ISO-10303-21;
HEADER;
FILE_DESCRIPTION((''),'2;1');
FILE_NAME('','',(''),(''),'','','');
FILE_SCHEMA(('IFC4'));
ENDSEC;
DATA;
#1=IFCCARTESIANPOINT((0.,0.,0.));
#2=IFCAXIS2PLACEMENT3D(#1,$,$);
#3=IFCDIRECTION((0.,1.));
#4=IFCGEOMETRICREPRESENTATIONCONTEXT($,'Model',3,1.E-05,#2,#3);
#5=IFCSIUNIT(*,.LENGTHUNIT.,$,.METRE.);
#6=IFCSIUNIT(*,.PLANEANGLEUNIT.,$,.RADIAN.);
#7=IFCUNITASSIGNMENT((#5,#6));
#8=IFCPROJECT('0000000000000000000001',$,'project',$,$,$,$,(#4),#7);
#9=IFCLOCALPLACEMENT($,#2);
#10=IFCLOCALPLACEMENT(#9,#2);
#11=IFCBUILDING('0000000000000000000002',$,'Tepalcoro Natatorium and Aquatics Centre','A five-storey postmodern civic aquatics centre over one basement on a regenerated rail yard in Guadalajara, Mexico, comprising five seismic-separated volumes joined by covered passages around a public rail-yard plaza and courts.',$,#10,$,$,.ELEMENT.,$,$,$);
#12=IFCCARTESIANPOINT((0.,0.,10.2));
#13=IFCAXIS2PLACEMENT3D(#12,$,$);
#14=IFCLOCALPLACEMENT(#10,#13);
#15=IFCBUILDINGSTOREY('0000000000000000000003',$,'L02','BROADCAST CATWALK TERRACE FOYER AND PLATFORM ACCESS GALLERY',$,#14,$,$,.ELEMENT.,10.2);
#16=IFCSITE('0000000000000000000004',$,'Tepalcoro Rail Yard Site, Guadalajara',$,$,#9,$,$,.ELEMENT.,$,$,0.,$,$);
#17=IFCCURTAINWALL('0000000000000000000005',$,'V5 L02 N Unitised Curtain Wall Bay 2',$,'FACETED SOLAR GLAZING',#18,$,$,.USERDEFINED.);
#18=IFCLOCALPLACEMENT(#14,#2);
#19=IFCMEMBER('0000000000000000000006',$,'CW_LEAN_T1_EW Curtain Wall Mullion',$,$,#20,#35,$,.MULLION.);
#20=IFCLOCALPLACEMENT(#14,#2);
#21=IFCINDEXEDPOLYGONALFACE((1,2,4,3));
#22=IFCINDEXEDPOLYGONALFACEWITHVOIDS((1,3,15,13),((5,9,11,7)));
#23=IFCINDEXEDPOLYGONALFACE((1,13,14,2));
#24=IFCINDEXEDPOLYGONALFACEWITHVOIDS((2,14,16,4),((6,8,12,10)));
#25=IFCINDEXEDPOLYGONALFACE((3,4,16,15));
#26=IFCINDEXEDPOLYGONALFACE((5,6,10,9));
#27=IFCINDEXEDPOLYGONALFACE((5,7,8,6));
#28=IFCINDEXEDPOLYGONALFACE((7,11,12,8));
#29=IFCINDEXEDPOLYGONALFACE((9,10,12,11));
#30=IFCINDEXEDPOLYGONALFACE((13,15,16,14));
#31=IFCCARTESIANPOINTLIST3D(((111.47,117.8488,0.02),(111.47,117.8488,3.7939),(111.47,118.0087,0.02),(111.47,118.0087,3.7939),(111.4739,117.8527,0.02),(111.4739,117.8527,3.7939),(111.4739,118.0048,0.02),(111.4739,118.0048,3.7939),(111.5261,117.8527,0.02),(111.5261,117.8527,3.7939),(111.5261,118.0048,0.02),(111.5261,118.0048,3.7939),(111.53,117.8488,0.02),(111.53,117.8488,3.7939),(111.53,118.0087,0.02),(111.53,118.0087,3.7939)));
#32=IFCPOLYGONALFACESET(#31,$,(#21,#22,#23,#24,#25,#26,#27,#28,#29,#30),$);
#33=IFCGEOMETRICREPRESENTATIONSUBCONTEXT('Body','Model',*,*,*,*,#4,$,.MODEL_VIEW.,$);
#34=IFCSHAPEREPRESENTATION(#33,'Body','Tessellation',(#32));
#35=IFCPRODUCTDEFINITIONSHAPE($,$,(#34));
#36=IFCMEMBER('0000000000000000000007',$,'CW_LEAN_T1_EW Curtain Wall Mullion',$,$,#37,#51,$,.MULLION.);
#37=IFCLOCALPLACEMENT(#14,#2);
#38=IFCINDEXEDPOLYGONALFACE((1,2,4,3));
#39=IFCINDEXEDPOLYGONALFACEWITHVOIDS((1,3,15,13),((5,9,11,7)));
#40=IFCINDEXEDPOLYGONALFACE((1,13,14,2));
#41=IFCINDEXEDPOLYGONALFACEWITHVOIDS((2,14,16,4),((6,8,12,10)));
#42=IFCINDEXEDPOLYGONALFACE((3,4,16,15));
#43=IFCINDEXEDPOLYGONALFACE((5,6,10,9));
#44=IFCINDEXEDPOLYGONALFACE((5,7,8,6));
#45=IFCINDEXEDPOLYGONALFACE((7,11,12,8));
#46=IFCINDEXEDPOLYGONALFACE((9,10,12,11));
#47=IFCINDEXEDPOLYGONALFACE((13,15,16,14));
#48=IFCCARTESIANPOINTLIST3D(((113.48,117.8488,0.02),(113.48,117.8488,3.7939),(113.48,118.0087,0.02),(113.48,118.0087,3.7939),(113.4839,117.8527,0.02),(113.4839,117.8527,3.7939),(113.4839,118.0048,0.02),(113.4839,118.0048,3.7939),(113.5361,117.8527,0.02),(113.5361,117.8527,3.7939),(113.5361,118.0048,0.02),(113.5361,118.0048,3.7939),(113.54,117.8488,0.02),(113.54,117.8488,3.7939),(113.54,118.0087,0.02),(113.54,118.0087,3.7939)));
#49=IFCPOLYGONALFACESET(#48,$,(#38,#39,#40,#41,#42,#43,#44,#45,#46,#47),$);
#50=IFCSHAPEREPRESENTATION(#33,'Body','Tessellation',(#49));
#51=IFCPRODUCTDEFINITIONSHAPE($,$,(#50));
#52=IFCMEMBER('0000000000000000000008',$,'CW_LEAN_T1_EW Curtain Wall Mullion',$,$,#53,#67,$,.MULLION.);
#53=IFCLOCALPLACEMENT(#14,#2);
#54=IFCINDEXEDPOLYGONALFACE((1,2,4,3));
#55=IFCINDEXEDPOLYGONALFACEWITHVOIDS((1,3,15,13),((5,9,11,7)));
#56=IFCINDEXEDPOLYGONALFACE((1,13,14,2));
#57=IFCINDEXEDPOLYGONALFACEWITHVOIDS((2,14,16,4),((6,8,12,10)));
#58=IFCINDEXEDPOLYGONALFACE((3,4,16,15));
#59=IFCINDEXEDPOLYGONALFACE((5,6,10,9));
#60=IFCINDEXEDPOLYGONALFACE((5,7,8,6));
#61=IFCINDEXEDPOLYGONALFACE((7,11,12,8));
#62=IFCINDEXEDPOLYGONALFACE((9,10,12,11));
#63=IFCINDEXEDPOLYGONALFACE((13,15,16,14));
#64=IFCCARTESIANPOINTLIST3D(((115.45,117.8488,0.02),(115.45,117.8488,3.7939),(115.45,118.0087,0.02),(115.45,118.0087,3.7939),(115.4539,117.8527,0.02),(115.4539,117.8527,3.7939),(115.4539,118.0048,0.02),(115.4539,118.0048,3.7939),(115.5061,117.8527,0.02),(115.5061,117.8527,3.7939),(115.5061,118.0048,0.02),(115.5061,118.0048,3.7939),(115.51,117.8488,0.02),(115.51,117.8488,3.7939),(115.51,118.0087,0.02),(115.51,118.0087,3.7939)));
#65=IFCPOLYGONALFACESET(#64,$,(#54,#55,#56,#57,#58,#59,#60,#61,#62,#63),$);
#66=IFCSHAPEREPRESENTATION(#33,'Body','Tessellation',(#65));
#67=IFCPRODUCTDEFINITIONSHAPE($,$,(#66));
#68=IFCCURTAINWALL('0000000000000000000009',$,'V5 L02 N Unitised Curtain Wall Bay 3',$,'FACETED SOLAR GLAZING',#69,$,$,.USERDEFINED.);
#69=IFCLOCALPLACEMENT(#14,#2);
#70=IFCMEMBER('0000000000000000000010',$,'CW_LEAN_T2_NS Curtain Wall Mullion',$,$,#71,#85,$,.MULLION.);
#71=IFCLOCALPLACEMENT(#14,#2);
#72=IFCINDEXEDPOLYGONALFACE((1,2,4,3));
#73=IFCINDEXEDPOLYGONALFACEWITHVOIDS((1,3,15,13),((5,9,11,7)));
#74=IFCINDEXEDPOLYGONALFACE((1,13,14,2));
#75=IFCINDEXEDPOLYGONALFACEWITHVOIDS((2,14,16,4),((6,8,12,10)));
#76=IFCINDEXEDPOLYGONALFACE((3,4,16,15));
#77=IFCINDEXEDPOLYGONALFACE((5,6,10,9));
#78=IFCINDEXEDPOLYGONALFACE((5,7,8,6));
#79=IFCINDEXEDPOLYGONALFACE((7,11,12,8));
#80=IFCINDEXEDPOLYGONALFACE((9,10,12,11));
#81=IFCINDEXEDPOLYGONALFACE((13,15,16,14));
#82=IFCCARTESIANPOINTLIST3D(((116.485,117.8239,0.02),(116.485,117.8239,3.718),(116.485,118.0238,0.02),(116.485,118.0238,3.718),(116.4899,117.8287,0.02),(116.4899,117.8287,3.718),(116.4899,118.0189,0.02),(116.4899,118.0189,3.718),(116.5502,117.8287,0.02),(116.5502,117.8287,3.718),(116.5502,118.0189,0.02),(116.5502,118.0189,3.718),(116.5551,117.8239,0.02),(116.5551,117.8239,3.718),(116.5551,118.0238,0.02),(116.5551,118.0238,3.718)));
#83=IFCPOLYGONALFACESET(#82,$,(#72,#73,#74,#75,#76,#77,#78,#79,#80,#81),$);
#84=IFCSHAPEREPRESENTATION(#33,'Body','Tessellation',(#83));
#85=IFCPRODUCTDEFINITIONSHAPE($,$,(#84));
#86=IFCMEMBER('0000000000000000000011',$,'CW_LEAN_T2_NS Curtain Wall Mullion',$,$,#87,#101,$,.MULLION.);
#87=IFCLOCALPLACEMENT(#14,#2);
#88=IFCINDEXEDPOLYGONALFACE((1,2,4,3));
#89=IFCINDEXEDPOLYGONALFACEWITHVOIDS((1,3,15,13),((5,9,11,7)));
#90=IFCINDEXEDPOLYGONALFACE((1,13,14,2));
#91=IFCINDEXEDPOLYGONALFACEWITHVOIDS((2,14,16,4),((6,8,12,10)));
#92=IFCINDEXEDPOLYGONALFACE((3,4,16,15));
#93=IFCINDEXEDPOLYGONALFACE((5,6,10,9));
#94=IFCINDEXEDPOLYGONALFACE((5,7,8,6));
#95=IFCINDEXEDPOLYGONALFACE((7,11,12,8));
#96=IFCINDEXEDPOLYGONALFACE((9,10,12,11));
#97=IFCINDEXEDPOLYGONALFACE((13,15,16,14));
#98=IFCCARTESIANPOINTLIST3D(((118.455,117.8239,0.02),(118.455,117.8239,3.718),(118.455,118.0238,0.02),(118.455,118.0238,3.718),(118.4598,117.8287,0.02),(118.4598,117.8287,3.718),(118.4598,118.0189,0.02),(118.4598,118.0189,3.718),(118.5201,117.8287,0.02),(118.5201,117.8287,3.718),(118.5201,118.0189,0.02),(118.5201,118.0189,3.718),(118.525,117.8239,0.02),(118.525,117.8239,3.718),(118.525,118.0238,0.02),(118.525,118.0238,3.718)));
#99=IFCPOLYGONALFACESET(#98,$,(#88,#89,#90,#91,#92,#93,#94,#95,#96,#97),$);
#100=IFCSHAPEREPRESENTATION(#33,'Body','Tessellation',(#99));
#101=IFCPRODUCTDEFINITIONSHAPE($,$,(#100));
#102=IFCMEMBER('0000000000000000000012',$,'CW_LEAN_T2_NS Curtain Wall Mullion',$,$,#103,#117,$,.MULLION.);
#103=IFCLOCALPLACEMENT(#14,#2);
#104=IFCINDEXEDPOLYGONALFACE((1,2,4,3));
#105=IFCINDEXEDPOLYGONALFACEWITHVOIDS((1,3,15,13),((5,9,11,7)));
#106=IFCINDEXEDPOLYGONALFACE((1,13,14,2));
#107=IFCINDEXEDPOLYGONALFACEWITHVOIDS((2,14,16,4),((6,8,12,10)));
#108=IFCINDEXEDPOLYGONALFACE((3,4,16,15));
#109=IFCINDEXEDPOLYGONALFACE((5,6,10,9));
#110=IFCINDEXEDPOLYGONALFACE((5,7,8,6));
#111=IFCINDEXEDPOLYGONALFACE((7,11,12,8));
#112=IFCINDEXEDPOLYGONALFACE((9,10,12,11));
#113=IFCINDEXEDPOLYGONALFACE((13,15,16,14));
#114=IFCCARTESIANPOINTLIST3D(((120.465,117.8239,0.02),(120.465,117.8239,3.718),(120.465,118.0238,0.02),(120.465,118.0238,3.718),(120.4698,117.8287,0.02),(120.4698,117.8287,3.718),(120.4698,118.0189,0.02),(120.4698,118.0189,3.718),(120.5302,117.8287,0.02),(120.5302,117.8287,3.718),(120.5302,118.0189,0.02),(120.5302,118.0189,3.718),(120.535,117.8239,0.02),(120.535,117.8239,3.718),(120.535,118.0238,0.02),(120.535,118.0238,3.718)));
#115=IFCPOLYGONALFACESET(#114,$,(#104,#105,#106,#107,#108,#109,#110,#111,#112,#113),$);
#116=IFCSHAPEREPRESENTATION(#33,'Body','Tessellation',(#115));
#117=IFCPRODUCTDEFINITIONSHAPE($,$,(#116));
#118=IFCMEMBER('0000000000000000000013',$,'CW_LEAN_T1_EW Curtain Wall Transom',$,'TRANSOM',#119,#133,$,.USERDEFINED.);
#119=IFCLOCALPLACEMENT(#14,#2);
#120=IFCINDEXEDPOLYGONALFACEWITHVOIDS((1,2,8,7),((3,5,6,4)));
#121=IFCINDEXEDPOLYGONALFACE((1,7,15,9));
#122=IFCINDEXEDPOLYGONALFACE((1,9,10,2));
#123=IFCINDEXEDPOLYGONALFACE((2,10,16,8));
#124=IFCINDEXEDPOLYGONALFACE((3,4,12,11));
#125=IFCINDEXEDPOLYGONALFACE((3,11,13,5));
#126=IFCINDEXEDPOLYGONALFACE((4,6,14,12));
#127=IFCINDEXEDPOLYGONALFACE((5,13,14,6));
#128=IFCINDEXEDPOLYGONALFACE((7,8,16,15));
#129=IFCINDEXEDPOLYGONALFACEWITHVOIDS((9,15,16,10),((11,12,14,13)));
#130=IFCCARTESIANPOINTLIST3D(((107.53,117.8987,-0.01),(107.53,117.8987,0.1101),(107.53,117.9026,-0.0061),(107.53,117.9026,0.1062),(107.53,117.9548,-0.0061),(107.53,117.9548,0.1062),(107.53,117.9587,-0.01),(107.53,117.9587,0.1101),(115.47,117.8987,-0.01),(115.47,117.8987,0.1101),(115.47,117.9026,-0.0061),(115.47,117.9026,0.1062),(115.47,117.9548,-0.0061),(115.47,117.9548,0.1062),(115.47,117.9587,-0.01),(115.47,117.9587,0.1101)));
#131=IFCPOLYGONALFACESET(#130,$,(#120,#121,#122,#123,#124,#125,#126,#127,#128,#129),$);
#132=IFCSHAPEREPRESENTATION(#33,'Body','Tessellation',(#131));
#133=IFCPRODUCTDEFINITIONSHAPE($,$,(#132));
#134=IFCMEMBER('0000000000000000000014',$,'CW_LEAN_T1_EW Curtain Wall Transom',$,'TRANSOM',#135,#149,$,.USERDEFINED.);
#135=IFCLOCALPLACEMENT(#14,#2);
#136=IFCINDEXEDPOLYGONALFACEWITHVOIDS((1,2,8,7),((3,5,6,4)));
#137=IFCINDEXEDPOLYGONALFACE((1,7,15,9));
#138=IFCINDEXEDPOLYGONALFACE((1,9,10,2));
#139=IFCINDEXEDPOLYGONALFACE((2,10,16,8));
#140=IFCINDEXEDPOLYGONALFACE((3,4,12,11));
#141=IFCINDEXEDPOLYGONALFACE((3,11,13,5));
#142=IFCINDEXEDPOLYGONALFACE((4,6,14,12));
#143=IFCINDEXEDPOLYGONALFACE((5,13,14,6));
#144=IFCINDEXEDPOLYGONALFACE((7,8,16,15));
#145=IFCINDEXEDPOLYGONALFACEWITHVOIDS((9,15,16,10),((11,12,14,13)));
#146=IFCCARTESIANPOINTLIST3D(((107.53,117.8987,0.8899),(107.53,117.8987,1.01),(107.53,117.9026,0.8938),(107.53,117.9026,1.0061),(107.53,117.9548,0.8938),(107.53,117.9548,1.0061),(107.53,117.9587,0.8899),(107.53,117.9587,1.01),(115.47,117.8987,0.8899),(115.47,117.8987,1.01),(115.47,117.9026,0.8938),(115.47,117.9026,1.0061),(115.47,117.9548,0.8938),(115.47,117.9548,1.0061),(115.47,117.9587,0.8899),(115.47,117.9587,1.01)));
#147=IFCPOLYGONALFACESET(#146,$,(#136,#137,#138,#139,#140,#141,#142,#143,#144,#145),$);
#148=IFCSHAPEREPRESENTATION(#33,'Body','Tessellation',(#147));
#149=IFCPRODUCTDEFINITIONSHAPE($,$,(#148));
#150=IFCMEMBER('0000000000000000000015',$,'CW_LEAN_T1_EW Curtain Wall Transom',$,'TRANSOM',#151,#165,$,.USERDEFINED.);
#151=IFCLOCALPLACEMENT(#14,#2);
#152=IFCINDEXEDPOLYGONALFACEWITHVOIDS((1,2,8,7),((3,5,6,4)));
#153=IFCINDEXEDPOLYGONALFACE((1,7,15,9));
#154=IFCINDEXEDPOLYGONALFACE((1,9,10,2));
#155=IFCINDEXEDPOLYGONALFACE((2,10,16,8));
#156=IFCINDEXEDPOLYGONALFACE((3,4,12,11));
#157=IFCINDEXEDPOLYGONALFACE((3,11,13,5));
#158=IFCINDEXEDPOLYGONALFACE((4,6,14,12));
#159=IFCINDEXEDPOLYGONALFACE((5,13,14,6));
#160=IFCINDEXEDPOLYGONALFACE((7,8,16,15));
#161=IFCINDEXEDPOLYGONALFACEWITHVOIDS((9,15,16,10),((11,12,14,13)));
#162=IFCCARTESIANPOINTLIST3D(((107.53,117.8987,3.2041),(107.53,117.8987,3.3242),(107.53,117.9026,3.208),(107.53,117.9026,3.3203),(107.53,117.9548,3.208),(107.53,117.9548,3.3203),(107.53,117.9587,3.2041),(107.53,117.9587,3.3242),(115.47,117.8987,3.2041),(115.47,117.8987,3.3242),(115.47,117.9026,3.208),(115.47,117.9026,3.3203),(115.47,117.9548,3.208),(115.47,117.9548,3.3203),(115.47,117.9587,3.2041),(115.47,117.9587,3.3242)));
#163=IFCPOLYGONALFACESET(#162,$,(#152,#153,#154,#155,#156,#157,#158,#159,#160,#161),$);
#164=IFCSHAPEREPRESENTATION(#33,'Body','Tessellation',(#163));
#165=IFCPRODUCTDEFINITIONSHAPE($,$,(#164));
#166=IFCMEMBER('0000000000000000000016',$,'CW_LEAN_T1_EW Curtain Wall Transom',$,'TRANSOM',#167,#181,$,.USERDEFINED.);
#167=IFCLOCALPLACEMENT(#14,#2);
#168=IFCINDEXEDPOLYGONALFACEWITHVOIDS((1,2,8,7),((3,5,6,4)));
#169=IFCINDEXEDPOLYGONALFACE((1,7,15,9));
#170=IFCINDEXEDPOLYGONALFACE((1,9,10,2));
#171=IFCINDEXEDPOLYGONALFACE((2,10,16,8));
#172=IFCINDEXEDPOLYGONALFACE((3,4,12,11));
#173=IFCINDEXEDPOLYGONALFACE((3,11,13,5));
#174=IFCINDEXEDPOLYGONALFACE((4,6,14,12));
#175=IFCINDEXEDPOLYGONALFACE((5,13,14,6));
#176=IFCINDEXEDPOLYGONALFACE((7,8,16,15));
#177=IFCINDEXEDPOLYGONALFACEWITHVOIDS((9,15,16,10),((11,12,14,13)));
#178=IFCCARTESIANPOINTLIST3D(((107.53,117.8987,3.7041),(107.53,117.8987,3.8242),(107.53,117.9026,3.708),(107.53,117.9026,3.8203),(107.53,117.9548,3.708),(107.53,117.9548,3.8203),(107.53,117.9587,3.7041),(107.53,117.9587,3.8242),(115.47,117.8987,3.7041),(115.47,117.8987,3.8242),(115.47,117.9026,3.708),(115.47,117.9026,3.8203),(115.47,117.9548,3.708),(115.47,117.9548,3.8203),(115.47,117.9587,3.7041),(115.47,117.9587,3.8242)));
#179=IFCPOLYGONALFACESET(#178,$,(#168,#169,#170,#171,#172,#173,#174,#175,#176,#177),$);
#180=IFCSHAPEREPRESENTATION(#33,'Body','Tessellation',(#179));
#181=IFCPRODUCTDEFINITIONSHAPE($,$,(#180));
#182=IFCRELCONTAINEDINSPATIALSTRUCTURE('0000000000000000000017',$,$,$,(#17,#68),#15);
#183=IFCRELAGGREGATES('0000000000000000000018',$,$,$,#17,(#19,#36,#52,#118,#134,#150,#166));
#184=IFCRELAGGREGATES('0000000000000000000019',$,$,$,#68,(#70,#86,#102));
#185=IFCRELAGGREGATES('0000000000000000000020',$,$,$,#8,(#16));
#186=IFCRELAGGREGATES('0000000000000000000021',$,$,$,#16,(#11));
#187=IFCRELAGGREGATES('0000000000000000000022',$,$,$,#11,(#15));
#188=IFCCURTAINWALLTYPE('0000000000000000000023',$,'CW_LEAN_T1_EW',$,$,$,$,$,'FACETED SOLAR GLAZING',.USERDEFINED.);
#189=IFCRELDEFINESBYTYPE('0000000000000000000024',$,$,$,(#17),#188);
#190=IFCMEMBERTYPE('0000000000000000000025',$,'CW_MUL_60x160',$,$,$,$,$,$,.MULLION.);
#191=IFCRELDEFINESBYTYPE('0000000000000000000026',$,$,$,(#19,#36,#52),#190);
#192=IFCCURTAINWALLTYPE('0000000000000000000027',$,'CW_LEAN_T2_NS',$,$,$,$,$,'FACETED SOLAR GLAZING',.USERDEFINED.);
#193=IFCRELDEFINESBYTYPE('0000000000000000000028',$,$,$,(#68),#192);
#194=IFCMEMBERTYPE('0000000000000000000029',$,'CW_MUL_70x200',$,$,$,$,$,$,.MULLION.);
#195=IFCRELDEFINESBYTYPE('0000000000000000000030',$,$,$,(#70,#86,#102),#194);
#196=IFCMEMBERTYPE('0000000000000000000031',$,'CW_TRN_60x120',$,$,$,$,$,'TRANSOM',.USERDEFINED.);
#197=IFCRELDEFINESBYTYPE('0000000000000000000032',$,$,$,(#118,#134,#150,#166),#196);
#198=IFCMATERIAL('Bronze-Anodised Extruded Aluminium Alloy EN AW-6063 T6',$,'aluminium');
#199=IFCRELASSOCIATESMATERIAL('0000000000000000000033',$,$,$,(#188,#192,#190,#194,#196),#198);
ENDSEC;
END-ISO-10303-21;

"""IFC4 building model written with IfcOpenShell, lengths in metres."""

from ifc_helpers import new_model, si_unit, direction, frame, origin, origin_2d, place, context, subcontext, project, spatial, hollow_rectangle, extrude, material, material_profile, profile_set, type_object, element, aggregate, save


model = new_model("IFC4")

# Units and contexts
model_context = context("Model", 3, precision=1e-05, world=origin(), true_north=direction((0.0, 1.0)))
body_context = subcontext(model_context, "Body", "Model", "MODEL_VIEW")
ifc_project = project(units=[si_unit("LENGTHUNIT", "METRE"), si_unit("PLANEANGLEUNIT", "RADIAN")], contexts=[model_context])

# Site, building, storey
site_placement = place(None, origin())
site = spatial("IfcSite", under=ifc_project, at=site_placement, Name="Tepalcoro Rail Yard Site, Guadalajara", CompositionType="ELEMENT", RefElevation=0.0)
building_placement = place(site_placement, origin())
building = spatial("IfcBuilding", under=site, at=building_placement, Name="Tepalcoro Natatorium and Aquatics Centre", Description="A five-storey postmodern civic aquatics centre over one basement on a regenerated rail yard in Guadalajara, Mexico, comprising five seismic-separated volumes joined by covered passages around a public rail-yard plaza and courts.", CompositionType="ELEMENT")
storey_placement = place(building_placement, frame((0.0, 0.0, 10.2)))
storey = spatial("IfcBuildingStorey", under=building, at=storey_placement, Name="L02", Description="BROADCAST CATWALK TERRACE FOYER AND PLATFORM ACCESS GALLERY", CompositionType="ELEMENT", Elevation=10.2)

# Curtain walls, members
ifc_material_1 = material(Name="Bronze-Anodised Extruded Aluminium Alloy EN AW-6063 T6", Category="aluminium")
curtain_wall_type_1 = type_object("IfcCurtainWallType", Name="CW_LEAN_T1_EW", ElementType="FACETED SOLAR GLAZING", PredefinedType="USERDEFINED", material=ifc_material_1)
curtain_wall_1_placement = place(storey_placement, origin())
curtain_wall_1 = element("IfcCurtainWall", 1, at=curtain_wall_1_placement, inside=storey, type_object=curtain_wall_type_1, Name="V5 L02 N Unitised Curtain Wall Bay 2", ObjectType="FACETED SOLAR GLAZING", PredefinedType="USERDEFINED")
ifc_material_profile_1 = material_profile(ifc_material_1, hollow_rectangle(XDim=0.0601, YDim=0.1599, WallThickness=0.0039, at=origin_2d()), Name="AL60X160X4")
ifc_profile_set_1 = profile_set([ifc_material_profile_1], Name="Bronze-Anodised Extruded Aluminium Alloy EN AW-6063 T6")
member_type_1 = type_object("IfcMemberType", Name="CW_MUL_60x160", PredefinedType="MULLION", material=ifc_profile_set_1)
member_1_placement = place(storey_placement, frame((111.5, 117.9287, 0.02), z_axis=(0.0, 0.0, 1.0), x_axis=(1.0, 0.0, 0.0)))
member_1 = element("IfcMember", 2, at=member_1_placement, type_object=member_type_1, Name="CW_LEAN_T1_EW Curtain Wall Mullion", PredefinedType="MULLION", context=body_context, shape_type="SweptSolid", body=[
    extrude(hollow_rectangle(XDim=0.0601, YDim=0.1599, WallThickness=0.0039, at=origin_2d()), origin(), (0.0, 0.0, 1.0), 3.7739),
])
member_2_placement = place(storey_placement, frame((113.51, 117.9287, 0.02), z_axis=(0.0, 0.0, 1.0), x_axis=(1.0, 0.0, 0.0)))
member_2 = element("IfcMember", 3, at=member_2_placement, type_object=member_type_1, Name="CW_LEAN_T1_EW Curtain Wall Mullion", PredefinedType="MULLION", context=body_context, shape_type="SweptSolid", body=[
    extrude(hollow_rectangle(XDim=0.0601, YDim=0.1599, WallThickness=0.0039, at=origin_2d()), origin(), (0.0, 0.0, 1.0), 3.7739),
])
member_3_placement = place(storey_placement, frame((115.48, 117.9287, 0.02), z_axis=(0.0, 0.0, 1.0), x_axis=(1.0, 0.0, 0.0)))
member_3 = element("IfcMember", 4, at=member_3_placement, type_object=member_type_1, Name="CW_LEAN_T1_EW Curtain Wall Mullion", PredefinedType="MULLION", context=body_context, shape_type="SweptSolid", body=[
    extrude(hollow_rectangle(XDim=0.0601, YDim=0.1599, WallThickness=0.0039, at=origin_2d()), origin(), (0.0, 0.0, 1.0), 3.7739),
])
curtain_wall_type_2 = type_object("IfcCurtainWallType", Name="CW_LEAN_T2_NS", ElementType="FACETED SOLAR GLAZING", PredefinedType="USERDEFINED", material=ifc_material_1)
curtain_wall_2_placement = place(storey_placement, origin())
curtain_wall_2 = element("IfcCurtainWall", 5, at=curtain_wall_2_placement, inside=storey, type_object=curtain_wall_type_2, Name="V5 L02 N Unitised Curtain Wall Bay 3", ObjectType="FACETED SOLAR GLAZING", PredefinedType="USERDEFINED")
ifc_material_profile_2 = material_profile(ifc_material_1, hollow_rectangle(XDim=0.0701, YDim=0.2, WallThickness=0.0049, at=origin_2d()), Name="AL70X200X5")
ifc_profile_set_2 = profile_set([ifc_material_profile_2], Name="Bronze-Anodised Extruded Aluminium Alloy EN AW-6063 T6")
member_type_2 = type_object("IfcMemberType", Name="CW_MUL_70x200", PredefinedType="MULLION", material=ifc_profile_set_2)
member_4_placement = place(storey_placement, frame((116.52, 117.9238, 0.02), z_axis=(0.0, 0.0, 1.0), x_axis=(1.0, 0.0, 0.0)))
member_4 = element("IfcMember", 6, at=member_4_placement, type_object=member_type_2, Name="CW_LEAN_T2_NS Curtain Wall Mullion", PredefinedType="MULLION", context=body_context, shape_type="SweptSolid", body=[
    extrude(hollow_rectangle(XDim=0.0701, YDim=0.2, WallThickness=0.0049, at=origin_2d()), origin(), (0.0, 0.0, 1.0), 3.698),
])
member_5_placement = place(storey_placement, frame((118.49, 117.9238, 0.02), z_axis=(0.0, 0.0, 1.0), x_axis=(1.0, 0.0, 0.0)))
member_5 = element("IfcMember", 7, at=member_5_placement, type_object=member_type_2, Name="CW_LEAN_T2_NS Curtain Wall Mullion", PredefinedType="MULLION", context=body_context, shape_type="SweptSolid", body=[
    extrude(hollow_rectangle(XDim=0.0701, YDim=0.2, WallThickness=0.0049, at=origin_2d()), origin(), (0.0, 0.0, 1.0), 3.698),
])
member_6_placement = place(storey_placement, frame((120.5, 117.9238, 0.02), z_axis=(0.0, 0.0, 1.0), x_axis=(1.0, 0.0, 0.0)))
member_6 = element("IfcMember", 8, at=member_6_placement, type_object=member_type_2, Name="CW_LEAN_T2_NS Curtain Wall Mullion", PredefinedType="MULLION", context=body_context, shape_type="SweptSolid", body=[
    extrude(hollow_rectangle(XDim=0.0701, YDim=0.2, WallThickness=0.0049, at=origin_2d()), origin(), (0.0, 0.0, 1.0), 3.698),
])

# Members
ifc_material_profile_3 = material_profile(ifc_material_1, hollow_rectangle(XDim=0.0601, YDim=0.1201, WallThickness=0.0039, at=origin_2d()), Name="AL60X120X4")
ifc_profile_set_3 = profile_set([ifc_material_profile_3], Name="Bronze-Anodised Extruded Aluminium Alloy EN AW-6063 T6")
member_type_3 = type_object("IfcMemberType", Name="CW_TRN_60x120", ElementType="TRANSOM", PredefinedType="USERDEFINED", material=ifc_profile_set_3)
member_7_placement = place(storey_placement, frame((107.53, 117.9287, 0.05), z_axis=(1.0, 0.0, 0.0), x_axis=(0.0, 1.0, 0.0)))
member_7 = element("IfcMember", 9, at=member_7_placement, type_object=member_type_3, Name="CW_LEAN_T1_EW Curtain Wall Transom", ObjectType="TRANSOM", PredefinedType="USERDEFINED", context=body_context, shape_type="SweptSolid", body=[
    extrude(hollow_rectangle(XDim=0.0601, YDim=0.1201, WallThickness=0.0039, at=origin_2d()), origin(), (0.0, 0.0, 1.0), 7.9399),
])
member_8_placement = place(storey_placement, frame((107.53, 117.9287, 0.95), z_axis=(1.0, 0.0, 0.0), x_axis=(0.0, 1.0, 0.0)))
member_8 = element("IfcMember", 10, at=member_8_placement, type_object=member_type_3, Name="CW_LEAN_T1_EW Curtain Wall Transom", ObjectType="TRANSOM", PredefinedType="USERDEFINED", context=body_context, shape_type="SweptSolid", body=[
    extrude(hollow_rectangle(XDim=0.0601, YDim=0.1201, WallThickness=0.0039, at=origin_2d()), origin(), (0.0, 0.0, 1.0), 7.9399),
])
member_9_placement = place(storey_placement, frame((107.53, 117.9287, 3.2642), z_axis=(1.0, 0.0, 0.0), x_axis=(0.0, 1.0, 0.0)))
member_9 = element("IfcMember", 11, at=member_9_placement, type_object=member_type_3, Name="CW_LEAN_T1_EW Curtain Wall Transom", ObjectType="TRANSOM", PredefinedType="USERDEFINED", context=body_context, shape_type="SweptSolid", body=[
    extrude(hollow_rectangle(XDim=0.0601, YDim=0.1201, WallThickness=0.0039, at=origin_2d()), origin(), (0.0, 0.0, 1.0), 7.9399),
])
member_10_placement = place(storey_placement, frame((107.53, 117.9287, 3.7642), z_axis=(1.0, 0.0, 0.0), x_axis=(0.0, 1.0, 0.0)))
member_10 = element("IfcMember", 12, at=member_10_placement, type_object=member_type_3, Name="CW_LEAN_T1_EW Curtain Wall Transom", ObjectType="TRANSOM", PredefinedType="USERDEFINED", context=body_context, shape_type="SweptSolid", body=[
    extrude(hollow_rectangle(XDim=0.0601, YDim=0.1201, WallThickness=0.0039, at=origin_2d()), origin(), (0.0, 0.0, 1.0), 7.9399),
])

aggregate(curtain_wall_1, [member_1, member_2, member_3, member_7, member_8, member_9, member_10])
aggregate(curtain_wall_2, [member_4, member_5, member_6])

save(model, "model.ifc")
